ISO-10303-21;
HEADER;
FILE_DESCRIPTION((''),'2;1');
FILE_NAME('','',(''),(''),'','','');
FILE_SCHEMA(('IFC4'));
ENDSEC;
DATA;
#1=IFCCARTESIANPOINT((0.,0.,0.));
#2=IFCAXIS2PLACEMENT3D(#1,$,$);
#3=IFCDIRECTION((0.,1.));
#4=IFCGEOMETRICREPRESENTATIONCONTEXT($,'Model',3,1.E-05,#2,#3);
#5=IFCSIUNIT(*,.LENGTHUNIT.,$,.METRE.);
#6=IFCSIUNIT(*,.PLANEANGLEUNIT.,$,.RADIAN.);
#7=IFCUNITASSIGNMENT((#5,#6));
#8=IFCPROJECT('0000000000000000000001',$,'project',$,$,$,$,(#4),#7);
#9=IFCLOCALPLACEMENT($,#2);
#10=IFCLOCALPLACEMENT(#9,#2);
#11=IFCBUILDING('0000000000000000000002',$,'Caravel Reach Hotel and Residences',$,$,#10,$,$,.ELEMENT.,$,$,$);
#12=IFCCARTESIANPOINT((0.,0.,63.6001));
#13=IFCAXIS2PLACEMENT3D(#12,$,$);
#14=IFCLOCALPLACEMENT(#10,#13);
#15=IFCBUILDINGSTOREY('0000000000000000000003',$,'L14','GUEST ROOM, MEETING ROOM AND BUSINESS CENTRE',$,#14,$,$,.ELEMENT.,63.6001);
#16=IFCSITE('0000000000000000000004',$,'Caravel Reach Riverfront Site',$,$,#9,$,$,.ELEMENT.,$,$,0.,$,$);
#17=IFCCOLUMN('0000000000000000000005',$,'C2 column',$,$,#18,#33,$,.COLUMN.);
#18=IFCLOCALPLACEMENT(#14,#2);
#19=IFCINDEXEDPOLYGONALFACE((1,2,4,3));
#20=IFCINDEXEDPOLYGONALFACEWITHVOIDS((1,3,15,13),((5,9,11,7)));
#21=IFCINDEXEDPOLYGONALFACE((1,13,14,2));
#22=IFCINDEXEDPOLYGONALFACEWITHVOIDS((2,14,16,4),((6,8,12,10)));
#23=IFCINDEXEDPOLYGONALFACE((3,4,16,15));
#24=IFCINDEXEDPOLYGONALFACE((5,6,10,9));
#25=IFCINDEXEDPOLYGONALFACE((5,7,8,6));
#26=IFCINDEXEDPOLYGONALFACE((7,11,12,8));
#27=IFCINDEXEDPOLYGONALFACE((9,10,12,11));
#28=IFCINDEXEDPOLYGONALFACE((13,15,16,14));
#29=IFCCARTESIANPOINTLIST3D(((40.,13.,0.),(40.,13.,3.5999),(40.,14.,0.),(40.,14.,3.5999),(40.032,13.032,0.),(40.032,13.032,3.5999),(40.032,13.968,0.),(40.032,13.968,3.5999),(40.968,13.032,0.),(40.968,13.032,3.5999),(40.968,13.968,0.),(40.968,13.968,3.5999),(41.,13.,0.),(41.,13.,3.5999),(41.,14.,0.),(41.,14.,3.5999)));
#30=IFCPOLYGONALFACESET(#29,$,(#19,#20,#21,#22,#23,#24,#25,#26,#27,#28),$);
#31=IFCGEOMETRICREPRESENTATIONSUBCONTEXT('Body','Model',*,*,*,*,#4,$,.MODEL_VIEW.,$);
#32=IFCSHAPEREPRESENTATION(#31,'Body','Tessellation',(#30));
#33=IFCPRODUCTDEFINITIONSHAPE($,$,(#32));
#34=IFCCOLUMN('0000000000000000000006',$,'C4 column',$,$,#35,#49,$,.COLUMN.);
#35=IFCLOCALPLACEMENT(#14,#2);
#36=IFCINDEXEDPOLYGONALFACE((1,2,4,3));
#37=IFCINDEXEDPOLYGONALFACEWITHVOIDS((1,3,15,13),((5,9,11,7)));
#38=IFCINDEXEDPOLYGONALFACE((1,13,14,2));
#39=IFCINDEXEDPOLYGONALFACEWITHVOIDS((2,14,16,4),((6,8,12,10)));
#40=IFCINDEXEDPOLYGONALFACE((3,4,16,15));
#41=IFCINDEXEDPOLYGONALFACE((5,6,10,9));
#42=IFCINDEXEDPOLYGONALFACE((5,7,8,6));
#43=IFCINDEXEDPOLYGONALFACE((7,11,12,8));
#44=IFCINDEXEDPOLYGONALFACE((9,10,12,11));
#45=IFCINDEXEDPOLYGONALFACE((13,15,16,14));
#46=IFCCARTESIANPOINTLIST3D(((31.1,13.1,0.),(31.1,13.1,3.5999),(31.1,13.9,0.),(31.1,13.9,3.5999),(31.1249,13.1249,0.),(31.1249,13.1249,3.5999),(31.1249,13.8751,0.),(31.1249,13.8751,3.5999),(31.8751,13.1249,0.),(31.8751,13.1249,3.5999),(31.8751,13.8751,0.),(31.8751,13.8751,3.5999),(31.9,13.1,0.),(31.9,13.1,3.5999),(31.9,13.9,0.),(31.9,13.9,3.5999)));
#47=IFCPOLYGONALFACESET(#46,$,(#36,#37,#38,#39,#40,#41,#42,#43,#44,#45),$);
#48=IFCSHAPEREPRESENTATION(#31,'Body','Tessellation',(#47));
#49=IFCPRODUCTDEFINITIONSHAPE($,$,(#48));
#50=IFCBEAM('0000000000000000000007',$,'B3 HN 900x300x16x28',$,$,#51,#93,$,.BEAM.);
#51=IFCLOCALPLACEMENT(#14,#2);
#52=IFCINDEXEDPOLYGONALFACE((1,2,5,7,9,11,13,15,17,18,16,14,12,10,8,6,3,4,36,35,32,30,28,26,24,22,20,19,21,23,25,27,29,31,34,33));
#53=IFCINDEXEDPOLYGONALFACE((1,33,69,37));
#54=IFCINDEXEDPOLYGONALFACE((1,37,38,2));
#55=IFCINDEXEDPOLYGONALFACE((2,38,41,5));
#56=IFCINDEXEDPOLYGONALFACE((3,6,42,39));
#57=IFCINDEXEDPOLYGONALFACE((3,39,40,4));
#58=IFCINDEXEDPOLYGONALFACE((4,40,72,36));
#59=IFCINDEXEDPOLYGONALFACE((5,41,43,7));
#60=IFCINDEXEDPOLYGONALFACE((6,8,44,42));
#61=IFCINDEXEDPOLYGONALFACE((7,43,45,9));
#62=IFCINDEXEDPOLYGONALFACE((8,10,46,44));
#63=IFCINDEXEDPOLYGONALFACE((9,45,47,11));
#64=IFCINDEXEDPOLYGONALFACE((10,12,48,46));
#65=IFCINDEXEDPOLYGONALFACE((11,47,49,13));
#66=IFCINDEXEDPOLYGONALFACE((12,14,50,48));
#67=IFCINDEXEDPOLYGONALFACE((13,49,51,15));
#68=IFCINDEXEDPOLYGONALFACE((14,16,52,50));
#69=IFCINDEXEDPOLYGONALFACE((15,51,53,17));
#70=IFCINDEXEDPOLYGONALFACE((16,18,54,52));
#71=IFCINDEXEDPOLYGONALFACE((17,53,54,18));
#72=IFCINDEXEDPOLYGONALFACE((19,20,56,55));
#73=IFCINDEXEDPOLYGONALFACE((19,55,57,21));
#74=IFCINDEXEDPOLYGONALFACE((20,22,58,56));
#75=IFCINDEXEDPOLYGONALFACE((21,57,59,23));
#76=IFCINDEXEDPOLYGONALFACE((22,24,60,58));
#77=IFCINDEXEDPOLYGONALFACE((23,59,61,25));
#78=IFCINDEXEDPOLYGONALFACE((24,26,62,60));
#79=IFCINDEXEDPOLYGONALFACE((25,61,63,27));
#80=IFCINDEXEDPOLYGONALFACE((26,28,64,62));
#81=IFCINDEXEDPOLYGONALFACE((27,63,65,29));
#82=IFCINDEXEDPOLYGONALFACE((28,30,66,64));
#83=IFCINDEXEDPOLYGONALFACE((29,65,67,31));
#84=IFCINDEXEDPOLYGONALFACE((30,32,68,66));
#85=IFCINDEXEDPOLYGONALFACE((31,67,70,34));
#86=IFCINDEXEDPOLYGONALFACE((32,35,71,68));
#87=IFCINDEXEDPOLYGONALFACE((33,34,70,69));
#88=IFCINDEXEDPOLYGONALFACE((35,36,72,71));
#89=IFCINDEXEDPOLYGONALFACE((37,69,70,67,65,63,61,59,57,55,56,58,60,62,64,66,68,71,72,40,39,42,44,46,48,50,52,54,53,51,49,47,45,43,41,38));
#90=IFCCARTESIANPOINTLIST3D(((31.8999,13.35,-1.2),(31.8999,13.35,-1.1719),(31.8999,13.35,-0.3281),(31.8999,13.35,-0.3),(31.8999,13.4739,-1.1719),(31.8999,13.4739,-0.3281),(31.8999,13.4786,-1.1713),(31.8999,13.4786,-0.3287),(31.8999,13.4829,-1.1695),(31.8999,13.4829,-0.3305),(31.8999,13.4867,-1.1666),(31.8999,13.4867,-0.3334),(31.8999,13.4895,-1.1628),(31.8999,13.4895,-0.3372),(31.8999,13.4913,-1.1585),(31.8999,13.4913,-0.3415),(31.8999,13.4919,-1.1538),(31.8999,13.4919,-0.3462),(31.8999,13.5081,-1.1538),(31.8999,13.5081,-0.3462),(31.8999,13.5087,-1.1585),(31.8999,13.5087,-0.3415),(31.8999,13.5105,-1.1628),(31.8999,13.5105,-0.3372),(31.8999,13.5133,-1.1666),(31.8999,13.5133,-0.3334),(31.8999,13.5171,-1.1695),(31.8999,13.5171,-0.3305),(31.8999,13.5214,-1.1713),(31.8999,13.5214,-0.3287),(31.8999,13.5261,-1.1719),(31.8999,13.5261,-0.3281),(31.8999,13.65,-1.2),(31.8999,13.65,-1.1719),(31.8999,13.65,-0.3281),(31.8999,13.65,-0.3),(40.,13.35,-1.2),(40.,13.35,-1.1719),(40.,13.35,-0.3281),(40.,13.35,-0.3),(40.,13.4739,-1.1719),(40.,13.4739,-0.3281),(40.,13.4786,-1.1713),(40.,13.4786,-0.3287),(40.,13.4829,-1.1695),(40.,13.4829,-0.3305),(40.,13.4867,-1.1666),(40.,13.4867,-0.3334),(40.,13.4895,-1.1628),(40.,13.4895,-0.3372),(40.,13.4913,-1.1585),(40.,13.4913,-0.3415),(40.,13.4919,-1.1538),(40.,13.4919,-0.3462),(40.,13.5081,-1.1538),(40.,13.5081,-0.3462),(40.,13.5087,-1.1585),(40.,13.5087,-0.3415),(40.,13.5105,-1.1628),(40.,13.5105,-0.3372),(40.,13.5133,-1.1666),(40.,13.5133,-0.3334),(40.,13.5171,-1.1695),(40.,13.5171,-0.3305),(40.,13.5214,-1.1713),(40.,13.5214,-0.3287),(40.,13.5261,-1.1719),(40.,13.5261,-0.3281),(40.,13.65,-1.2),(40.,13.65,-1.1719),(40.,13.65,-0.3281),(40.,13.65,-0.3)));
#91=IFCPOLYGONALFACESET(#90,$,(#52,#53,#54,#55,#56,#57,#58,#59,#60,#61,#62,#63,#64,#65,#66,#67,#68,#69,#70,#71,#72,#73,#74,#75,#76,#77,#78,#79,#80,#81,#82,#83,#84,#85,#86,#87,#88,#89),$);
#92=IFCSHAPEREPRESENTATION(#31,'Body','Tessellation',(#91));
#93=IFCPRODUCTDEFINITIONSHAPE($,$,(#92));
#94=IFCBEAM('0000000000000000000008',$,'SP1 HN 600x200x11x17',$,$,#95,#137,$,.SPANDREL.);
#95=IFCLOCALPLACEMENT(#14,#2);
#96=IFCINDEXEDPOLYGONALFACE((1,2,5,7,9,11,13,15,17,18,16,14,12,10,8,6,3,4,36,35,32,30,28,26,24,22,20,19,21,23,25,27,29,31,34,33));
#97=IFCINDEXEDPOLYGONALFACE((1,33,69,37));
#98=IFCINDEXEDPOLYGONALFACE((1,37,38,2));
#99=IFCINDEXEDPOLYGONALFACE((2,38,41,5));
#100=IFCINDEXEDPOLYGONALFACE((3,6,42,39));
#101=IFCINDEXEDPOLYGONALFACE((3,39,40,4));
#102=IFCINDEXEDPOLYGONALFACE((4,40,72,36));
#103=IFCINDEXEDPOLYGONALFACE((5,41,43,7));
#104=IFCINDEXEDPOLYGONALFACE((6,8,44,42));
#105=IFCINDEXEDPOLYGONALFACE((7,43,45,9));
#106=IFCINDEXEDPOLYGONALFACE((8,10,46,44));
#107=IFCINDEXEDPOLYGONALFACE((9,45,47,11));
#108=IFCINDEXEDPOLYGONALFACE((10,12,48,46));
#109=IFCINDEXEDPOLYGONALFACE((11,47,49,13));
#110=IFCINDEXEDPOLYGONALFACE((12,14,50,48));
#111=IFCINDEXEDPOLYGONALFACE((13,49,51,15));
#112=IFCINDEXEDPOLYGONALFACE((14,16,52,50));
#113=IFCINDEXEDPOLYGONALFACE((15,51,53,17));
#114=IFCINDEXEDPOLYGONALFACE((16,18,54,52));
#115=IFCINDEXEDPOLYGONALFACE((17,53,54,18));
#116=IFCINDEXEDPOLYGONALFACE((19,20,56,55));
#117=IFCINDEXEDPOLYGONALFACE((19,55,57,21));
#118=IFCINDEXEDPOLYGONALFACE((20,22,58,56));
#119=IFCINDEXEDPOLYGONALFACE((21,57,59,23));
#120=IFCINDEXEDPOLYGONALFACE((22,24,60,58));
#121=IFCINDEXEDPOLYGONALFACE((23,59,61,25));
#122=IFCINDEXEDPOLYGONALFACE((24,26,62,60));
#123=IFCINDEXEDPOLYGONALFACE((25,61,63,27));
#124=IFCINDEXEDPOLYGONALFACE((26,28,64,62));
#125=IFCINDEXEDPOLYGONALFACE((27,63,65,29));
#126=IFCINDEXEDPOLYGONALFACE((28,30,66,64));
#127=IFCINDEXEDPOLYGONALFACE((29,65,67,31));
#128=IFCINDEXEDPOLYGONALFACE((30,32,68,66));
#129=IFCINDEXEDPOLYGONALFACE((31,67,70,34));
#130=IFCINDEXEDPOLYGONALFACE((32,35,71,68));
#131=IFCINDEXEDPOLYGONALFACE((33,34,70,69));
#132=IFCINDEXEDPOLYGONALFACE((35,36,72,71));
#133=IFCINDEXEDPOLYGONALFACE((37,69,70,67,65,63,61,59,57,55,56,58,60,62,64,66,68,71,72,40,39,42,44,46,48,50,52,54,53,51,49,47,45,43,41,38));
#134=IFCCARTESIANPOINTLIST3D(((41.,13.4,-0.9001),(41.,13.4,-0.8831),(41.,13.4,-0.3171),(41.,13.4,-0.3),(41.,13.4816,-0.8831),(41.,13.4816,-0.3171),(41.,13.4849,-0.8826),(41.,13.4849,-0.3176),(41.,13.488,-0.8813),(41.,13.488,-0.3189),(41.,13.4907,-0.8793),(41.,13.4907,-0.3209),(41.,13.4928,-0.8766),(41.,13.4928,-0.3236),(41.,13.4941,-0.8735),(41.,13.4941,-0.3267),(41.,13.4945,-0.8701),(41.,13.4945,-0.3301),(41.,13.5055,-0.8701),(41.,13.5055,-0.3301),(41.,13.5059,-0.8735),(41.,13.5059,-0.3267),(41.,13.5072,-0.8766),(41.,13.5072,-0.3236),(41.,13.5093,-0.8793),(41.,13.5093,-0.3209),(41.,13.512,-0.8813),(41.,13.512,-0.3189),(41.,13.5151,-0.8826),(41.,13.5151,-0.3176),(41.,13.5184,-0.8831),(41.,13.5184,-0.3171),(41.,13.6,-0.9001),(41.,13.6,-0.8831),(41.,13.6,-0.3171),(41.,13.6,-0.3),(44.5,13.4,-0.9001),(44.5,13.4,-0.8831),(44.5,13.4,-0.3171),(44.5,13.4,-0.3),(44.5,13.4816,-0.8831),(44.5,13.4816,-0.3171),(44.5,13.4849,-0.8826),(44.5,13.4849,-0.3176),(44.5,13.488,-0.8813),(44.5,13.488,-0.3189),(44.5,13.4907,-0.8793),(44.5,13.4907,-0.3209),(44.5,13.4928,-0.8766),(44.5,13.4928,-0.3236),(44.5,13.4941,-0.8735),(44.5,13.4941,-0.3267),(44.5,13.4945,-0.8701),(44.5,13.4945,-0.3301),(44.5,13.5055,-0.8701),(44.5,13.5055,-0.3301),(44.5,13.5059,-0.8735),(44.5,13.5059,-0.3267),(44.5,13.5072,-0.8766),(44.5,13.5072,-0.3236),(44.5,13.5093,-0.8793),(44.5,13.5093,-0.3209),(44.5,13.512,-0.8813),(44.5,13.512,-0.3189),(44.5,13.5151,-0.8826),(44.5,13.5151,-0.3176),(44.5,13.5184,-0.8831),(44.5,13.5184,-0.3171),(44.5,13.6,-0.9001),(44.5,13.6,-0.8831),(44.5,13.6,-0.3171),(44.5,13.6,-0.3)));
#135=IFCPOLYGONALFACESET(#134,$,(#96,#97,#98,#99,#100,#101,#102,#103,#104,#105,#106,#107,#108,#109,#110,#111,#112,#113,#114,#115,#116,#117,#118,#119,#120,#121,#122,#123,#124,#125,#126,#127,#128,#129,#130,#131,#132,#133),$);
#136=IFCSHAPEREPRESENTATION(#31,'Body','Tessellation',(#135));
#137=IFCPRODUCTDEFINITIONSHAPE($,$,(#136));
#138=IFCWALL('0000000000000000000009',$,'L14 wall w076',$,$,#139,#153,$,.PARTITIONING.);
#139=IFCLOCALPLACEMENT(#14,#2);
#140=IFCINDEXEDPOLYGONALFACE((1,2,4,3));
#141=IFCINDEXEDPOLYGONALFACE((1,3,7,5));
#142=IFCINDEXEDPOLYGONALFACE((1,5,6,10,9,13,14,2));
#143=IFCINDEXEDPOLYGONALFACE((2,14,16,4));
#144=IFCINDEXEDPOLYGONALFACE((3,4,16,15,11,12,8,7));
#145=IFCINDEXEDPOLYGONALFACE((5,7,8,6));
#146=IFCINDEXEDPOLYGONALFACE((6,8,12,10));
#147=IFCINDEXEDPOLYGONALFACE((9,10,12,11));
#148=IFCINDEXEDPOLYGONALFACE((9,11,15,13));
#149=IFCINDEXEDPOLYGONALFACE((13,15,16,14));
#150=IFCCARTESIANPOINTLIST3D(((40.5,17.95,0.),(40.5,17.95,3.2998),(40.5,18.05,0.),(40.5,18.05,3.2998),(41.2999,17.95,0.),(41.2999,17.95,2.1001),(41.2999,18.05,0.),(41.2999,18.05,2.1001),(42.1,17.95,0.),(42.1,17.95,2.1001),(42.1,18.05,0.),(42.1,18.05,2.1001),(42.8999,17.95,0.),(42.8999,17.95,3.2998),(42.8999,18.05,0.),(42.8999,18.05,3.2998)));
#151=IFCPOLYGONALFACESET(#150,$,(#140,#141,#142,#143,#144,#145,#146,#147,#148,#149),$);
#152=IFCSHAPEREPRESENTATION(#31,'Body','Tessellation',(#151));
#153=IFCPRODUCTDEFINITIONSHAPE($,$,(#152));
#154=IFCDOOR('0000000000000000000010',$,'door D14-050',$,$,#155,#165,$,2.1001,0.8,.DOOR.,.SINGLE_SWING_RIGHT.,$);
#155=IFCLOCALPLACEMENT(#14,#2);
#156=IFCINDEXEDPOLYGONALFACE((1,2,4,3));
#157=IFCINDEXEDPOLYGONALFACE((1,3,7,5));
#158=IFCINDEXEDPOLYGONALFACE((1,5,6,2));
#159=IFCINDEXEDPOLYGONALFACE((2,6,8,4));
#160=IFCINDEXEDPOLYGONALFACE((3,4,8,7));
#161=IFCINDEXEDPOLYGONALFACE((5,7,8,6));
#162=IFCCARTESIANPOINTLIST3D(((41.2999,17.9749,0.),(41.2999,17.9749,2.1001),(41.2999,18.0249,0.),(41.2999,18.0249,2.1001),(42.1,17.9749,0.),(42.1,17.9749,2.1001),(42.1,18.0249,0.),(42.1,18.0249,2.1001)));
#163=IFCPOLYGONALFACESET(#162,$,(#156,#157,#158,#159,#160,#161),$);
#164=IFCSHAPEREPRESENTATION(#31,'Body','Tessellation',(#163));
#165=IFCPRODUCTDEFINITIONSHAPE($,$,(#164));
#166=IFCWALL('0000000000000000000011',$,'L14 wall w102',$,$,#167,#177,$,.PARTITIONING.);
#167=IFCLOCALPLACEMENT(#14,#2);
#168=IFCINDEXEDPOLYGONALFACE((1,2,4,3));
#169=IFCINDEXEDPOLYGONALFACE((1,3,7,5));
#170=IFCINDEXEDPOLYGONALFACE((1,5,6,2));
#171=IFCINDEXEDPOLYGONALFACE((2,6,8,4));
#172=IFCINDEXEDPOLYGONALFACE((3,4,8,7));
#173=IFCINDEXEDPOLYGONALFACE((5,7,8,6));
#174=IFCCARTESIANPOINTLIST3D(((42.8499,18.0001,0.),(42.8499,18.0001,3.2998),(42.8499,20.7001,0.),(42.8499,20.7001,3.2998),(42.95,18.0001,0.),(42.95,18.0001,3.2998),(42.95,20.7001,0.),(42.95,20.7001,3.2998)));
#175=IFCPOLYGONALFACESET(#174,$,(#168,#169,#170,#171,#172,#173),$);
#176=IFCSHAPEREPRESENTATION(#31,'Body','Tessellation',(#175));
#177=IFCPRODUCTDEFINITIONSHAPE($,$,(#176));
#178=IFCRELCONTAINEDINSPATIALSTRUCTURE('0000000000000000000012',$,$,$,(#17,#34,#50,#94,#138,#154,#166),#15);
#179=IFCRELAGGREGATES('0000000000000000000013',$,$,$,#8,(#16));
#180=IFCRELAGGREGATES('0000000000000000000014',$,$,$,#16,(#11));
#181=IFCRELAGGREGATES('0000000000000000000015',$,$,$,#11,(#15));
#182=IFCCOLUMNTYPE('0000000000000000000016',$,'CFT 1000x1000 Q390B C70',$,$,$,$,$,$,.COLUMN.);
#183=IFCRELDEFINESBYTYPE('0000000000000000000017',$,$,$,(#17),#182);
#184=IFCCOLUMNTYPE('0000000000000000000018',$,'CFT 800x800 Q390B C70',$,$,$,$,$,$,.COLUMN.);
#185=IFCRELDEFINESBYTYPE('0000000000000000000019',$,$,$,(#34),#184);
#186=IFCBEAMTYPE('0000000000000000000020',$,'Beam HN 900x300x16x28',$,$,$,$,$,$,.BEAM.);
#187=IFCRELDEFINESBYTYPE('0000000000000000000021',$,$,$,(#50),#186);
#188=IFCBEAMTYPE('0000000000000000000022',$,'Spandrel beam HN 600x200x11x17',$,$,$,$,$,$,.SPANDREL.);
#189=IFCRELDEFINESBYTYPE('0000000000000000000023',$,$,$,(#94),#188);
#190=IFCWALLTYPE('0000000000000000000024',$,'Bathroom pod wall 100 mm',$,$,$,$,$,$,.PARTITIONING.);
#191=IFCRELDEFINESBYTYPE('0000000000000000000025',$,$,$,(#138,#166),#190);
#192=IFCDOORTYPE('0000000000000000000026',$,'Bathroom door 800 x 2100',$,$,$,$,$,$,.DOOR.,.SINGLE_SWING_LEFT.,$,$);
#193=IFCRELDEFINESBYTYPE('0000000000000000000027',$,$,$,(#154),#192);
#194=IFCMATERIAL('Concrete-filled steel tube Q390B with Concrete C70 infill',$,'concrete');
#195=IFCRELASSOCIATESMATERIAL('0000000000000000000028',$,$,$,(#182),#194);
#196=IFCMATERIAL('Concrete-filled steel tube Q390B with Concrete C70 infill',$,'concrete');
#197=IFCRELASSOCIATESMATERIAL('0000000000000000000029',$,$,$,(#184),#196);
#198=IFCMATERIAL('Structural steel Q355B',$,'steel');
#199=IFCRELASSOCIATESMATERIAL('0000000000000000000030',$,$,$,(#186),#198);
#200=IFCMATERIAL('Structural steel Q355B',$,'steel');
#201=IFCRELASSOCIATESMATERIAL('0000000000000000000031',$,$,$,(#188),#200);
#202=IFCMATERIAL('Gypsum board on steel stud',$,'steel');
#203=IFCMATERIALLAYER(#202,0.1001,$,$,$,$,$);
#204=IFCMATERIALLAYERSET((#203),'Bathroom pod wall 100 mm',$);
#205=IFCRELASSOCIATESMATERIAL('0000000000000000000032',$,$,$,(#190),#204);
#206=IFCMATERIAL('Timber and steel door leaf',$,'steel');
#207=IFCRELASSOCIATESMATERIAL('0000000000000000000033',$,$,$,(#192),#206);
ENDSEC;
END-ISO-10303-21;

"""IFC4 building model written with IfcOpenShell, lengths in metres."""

from ifc_helpers import new_model, si_unit, direction, frame, frame_2d, origin, origin_2d, place, context, subcontext, project, spatial, rectangle, hollow_rectangle, i_section, extrude, material, layer, layer_set, material_profile, profile_set, type_object, element, fill, save


model = new_model("IFC4")

# Units and contexts
model_context = context("Model", 3, precision=1e-05, world=origin(), true_north=direction((0.0, 1.0)))
body_context = subcontext(model_context, "Body", "Model", "MODEL_VIEW")
ifc_project = project(units=[si_unit("LENGTHUNIT", "METRE"), si_unit("PLANEANGLEUNIT", "RADIAN")], contexts=[model_context])

# Site, building, storey
site_placement = place(None, origin())
site = spatial("IfcSite", under=ifc_project, at=site_placement, Name="Caravel Reach Riverfront Site", CompositionType="ELEMENT", RefElevation=0.0)
building_placement = place(site_placement, origin())
building = spatial("IfcBuilding", under=site, at=building_placement, Name="Caravel Reach Hotel and Residences", CompositionType="ELEMENT")
storey_placement = place(building_placement, frame((0.0, 0.0, 63.6001)))
storey = spatial("IfcBuildingStorey", under=building, at=storey_placement, Name="L14", Description="GUEST ROOM, MEETING ROOM AND BUSINESS CENTRE", CompositionType="ELEMENT", Elevation=63.6001)

# Columns
ifc_material_1 = material(Name="Concrete-filled steel tube Q390B with Concrete C70 infill", Category="concrete")
ifc_material_profile_1 = material_profile(ifc_material_1, hollow_rectangle(XDim=1.0, YDim=1.0, WallThickness=0.032, at=origin_2d()), Name="RHS 1000x1000x32")
ifc_profile_set_1 = profile_set([ifc_material_profile_1], Name="Concrete-filled steel tube Q390B with Concrete C70 infill")
column_type_1 = type_object("IfcColumnType", Name="CFT 1000x1000 Q390B C70", PredefinedType="COLUMN", material=ifc_profile_set_1)
column_1_placement = place(storey_placement, frame((40.5, 13.5, 0.0), z_axis=(0.0, 0.0, 1.0), x_axis=(1.0, 0.0, 0.0)))
element("IfcColumn", 1, at=column_1_placement, inside=storey, type_object=column_type_1, Name="C2 column", PredefinedType="COLUMN", context=body_context, shape_type="SweptSolid", body=[
    extrude(hollow_rectangle(XDim=1.0, YDim=1.0, WallThickness=0.032, at=origin_2d()), origin(), (0.0, 0.0, 1.0), 3.5999),
])
ifc_material_2 = material(Name="Concrete-filled steel tube Q390B with Concrete C70 infill", Category="concrete")
ifc_material_profile_2 = material_profile(ifc_material_2, hollow_rectangle(XDim=0.8, YDim=0.8, WallThickness=0.0249, at=origin_2d()), Name="RHS 800x800x25")
ifc_profile_set_2 = profile_set([ifc_material_profile_2], Name="Concrete-filled steel tube Q390B with Concrete C70 infill")
column_type_2 = type_object("IfcColumnType", Name="CFT 800x800 Q390B C70", PredefinedType="COLUMN", material=ifc_profile_set_2)
column_2_placement = place(storey_placement, frame((31.5, 13.5, 0.0), z_axis=(0.0, 0.0, 1.0), x_axis=(1.0, 0.0, 0.0)))
element("IfcColumn", 2, at=column_2_placement, inside=storey, type_object=column_type_2, Name="C4 column", PredefinedType="COLUMN", context=body_context, shape_type="SweptSolid", body=[
    extrude(hollow_rectangle(XDim=0.8, YDim=0.8, WallThickness=0.0249, at=origin_2d()), origin(), (0.0, 0.0, 1.0), 3.5999),
])

# Beams
ifc_material_3 = material(Name="Structural steel Q355B", Category="steel")
ifc_material_profile_3 = material_profile(ifc_material_3, i_section(OverallWidth=0.3, OverallDepth=0.8999, WebThickness=0.0161, FlangeThickness=0.0281, FilletRadius=0.0181, at=origin_2d()), Name="HN 900x300x16x28")
ifc_profile_set_3 = profile_set([ifc_material_profile_3], Name="Structural steel Q355B")
beam_type_1 = type_object("IfcBeamType", Name="Beam HN 900x300x16x28", PredefinedType="BEAM", material=ifc_profile_set_3)
beam_1_placement = place(storey_placement, frame((31.8999, 13.5, -0.75), z_axis=(1.0, 0.0, 0.0), x_axis=(0.0, 1.0, 0.0)))
element("IfcBeam", 3, at=beam_1_placement, inside=storey, type_object=beam_type_1, Name="B3 HN 900x300x16x28", PredefinedType="BEAM", context=body_context, shape_type="SweptSolid", body=[
    extrude(i_section(OverallWidth=0.3, OverallDepth=0.8999, WebThickness=0.0161, FlangeThickness=0.0281, FilletRadius=0.0181, at=origin_2d()), origin(), (0.0, 0.0, 1.0), 8.1001),
])
ifc_material_4 = material(Name="Structural steel Q355B", Category="steel")
ifc_material_profile_4 = material_profile(ifc_material_4, i_section(OverallWidth=0.2, OverallDepth=0.6001, WebThickness=0.011, FlangeThickness=0.0171, FilletRadius=0.0129, at=origin_2d()), Name="HN 600x200x11x17")
ifc_profile_set_4 = profile_set([ifc_material_profile_4], Name="Structural steel Q355B")
beam_type_2 = type_object("IfcBeamType", Name="Spandrel beam HN 600x200x11x17", PredefinedType="SPANDREL", material=ifc_profile_set_4)
beam_2_placement = place(storey_placement, frame((41.0, 13.5, -0.6001), z_axis=(1.0, 0.0, 0.0), x_axis=(0.0, 1.0, 0.0)))
element("IfcBeam", 4, at=beam_2_placement, inside=storey, type_object=beam_type_2, Name="SP1 HN 600x200x11x17", PredefinedType="SPANDREL", context=body_context, shape_type="SweptSolid", body=[
    extrude(i_section(OverallWidth=0.2, OverallDepth=0.6001, WebThickness=0.011, FlangeThickness=0.0171, FilletRadius=0.0129, at=origin_2d()), origin(), (0.0, 0.0, 1.0), 3.5),
])

# Wall, opening, door
ifc_material_5 = material(Name="Gypsum board on steel stud", Category="steel")
ifc_layer_1 = layer(ifc_material_5, 0.1001)
ifc_layer_set_1 = layer_set([ifc_layer_1], Name="Bathroom pod wall 100 mm")
wall_type_1 = type_object("IfcWallType", Name="Bathroom pod wall 100 mm", PredefinedType="PARTITIONING", material=ifc_layer_set_1)
wall_1_placement = place(storey_placement, frame((40.5, 18.0, 0.0), z_axis=(0.0, 0.0, 1.0), x_axis=(1.0, 0.0, 0.0)))
wall_1 = element("IfcWall", 5, at=wall_1_placement, inside=storey, type_object=wall_type_1, Name="L14 wall w076", PredefinedType="PARTITIONING", context=body_context, shape_type="SweptSolid", body=[
    extrude(rectangle(XDim=2.3999, YDim=0.1001, at=frame_2d((1.2, 0.0))), origin(), (0.0, 0.0, 1.0), 3.2998),
])
opening_1_placement = place(wall_1_placement, frame((0.8, 0.0, 0.0)))
opening_1 = element("IfcOpeningElement", 6, at=opening_1_placement, cuts=wall_1, PredefinedType="OPENING", context=body_context, shape_type="SweptSolid", body=[
    extrude(rectangle(XDim=0.8, YDim=2.1001, at=frame_2d((0.3999, 1.05))), frame((0.0, 0.0601, 0.0), z_axis=(0.0, -1.0, 0.0), x_axis=(1.0, 0.0, 0.0)), (0.0, 0.0, 1.0), 0.1201),
])
ifc_material_6 = material(Name="Timber and steel door leaf", Category="steel")
door_type_1 = type_object("IfcDoorType", Name="Bathroom door 800 x 2100", OperationType="SINGLE_SWING_LEFT", PredefinedType="DOOR", material=ifc_material_6)
door_1_placement = place(opening_1_placement, origin())
door_1 = element("IfcDoor", 7, at=door_1_placement, inside=storey, type_object=door_type_1, Name="door D14-050", OperationType="SINGLE_SWING_RIGHT", OverallHeight=2.1001, OverallWidth=0.8, PredefinedType="DOOR", context=body_context, shape_type="SweptSolid", body=[
    extrude(rectangle(XDim=0.8, YDim=2.1001, at=frame_2d((0.3999, 1.05))), frame((0.0, 0.0249, 0.0), z_axis=(0.0, -1.0, 0.0), x_axis=(1.0, 0.0, 0.0)), (0.0, 0.0, 1.0), 0.05),
])
fill(opening_1, door_1)

# Wall
wall_2_placement = place(storey_placement, frame((42.8999, 18.0, 0.0), z_axis=(0.0, 0.0, 1.0), x_axis=(0.0, 1.0, 0.0)))
element("IfcWall", 8, at=wall_2_placement, inside=storey, type_object=wall_type_1, Name="L14 wall w102", PredefinedType="PARTITIONING", context=body_context, shape_type="SweptSolid", body=[
    extrude(rectangle(XDim=2.7, YDim=0.1001, at=frame_2d((1.3501, 0.0))), origin(), (0.0, 0.0, 1.0), 3.2998),
])

save(model, "model.ifc")
